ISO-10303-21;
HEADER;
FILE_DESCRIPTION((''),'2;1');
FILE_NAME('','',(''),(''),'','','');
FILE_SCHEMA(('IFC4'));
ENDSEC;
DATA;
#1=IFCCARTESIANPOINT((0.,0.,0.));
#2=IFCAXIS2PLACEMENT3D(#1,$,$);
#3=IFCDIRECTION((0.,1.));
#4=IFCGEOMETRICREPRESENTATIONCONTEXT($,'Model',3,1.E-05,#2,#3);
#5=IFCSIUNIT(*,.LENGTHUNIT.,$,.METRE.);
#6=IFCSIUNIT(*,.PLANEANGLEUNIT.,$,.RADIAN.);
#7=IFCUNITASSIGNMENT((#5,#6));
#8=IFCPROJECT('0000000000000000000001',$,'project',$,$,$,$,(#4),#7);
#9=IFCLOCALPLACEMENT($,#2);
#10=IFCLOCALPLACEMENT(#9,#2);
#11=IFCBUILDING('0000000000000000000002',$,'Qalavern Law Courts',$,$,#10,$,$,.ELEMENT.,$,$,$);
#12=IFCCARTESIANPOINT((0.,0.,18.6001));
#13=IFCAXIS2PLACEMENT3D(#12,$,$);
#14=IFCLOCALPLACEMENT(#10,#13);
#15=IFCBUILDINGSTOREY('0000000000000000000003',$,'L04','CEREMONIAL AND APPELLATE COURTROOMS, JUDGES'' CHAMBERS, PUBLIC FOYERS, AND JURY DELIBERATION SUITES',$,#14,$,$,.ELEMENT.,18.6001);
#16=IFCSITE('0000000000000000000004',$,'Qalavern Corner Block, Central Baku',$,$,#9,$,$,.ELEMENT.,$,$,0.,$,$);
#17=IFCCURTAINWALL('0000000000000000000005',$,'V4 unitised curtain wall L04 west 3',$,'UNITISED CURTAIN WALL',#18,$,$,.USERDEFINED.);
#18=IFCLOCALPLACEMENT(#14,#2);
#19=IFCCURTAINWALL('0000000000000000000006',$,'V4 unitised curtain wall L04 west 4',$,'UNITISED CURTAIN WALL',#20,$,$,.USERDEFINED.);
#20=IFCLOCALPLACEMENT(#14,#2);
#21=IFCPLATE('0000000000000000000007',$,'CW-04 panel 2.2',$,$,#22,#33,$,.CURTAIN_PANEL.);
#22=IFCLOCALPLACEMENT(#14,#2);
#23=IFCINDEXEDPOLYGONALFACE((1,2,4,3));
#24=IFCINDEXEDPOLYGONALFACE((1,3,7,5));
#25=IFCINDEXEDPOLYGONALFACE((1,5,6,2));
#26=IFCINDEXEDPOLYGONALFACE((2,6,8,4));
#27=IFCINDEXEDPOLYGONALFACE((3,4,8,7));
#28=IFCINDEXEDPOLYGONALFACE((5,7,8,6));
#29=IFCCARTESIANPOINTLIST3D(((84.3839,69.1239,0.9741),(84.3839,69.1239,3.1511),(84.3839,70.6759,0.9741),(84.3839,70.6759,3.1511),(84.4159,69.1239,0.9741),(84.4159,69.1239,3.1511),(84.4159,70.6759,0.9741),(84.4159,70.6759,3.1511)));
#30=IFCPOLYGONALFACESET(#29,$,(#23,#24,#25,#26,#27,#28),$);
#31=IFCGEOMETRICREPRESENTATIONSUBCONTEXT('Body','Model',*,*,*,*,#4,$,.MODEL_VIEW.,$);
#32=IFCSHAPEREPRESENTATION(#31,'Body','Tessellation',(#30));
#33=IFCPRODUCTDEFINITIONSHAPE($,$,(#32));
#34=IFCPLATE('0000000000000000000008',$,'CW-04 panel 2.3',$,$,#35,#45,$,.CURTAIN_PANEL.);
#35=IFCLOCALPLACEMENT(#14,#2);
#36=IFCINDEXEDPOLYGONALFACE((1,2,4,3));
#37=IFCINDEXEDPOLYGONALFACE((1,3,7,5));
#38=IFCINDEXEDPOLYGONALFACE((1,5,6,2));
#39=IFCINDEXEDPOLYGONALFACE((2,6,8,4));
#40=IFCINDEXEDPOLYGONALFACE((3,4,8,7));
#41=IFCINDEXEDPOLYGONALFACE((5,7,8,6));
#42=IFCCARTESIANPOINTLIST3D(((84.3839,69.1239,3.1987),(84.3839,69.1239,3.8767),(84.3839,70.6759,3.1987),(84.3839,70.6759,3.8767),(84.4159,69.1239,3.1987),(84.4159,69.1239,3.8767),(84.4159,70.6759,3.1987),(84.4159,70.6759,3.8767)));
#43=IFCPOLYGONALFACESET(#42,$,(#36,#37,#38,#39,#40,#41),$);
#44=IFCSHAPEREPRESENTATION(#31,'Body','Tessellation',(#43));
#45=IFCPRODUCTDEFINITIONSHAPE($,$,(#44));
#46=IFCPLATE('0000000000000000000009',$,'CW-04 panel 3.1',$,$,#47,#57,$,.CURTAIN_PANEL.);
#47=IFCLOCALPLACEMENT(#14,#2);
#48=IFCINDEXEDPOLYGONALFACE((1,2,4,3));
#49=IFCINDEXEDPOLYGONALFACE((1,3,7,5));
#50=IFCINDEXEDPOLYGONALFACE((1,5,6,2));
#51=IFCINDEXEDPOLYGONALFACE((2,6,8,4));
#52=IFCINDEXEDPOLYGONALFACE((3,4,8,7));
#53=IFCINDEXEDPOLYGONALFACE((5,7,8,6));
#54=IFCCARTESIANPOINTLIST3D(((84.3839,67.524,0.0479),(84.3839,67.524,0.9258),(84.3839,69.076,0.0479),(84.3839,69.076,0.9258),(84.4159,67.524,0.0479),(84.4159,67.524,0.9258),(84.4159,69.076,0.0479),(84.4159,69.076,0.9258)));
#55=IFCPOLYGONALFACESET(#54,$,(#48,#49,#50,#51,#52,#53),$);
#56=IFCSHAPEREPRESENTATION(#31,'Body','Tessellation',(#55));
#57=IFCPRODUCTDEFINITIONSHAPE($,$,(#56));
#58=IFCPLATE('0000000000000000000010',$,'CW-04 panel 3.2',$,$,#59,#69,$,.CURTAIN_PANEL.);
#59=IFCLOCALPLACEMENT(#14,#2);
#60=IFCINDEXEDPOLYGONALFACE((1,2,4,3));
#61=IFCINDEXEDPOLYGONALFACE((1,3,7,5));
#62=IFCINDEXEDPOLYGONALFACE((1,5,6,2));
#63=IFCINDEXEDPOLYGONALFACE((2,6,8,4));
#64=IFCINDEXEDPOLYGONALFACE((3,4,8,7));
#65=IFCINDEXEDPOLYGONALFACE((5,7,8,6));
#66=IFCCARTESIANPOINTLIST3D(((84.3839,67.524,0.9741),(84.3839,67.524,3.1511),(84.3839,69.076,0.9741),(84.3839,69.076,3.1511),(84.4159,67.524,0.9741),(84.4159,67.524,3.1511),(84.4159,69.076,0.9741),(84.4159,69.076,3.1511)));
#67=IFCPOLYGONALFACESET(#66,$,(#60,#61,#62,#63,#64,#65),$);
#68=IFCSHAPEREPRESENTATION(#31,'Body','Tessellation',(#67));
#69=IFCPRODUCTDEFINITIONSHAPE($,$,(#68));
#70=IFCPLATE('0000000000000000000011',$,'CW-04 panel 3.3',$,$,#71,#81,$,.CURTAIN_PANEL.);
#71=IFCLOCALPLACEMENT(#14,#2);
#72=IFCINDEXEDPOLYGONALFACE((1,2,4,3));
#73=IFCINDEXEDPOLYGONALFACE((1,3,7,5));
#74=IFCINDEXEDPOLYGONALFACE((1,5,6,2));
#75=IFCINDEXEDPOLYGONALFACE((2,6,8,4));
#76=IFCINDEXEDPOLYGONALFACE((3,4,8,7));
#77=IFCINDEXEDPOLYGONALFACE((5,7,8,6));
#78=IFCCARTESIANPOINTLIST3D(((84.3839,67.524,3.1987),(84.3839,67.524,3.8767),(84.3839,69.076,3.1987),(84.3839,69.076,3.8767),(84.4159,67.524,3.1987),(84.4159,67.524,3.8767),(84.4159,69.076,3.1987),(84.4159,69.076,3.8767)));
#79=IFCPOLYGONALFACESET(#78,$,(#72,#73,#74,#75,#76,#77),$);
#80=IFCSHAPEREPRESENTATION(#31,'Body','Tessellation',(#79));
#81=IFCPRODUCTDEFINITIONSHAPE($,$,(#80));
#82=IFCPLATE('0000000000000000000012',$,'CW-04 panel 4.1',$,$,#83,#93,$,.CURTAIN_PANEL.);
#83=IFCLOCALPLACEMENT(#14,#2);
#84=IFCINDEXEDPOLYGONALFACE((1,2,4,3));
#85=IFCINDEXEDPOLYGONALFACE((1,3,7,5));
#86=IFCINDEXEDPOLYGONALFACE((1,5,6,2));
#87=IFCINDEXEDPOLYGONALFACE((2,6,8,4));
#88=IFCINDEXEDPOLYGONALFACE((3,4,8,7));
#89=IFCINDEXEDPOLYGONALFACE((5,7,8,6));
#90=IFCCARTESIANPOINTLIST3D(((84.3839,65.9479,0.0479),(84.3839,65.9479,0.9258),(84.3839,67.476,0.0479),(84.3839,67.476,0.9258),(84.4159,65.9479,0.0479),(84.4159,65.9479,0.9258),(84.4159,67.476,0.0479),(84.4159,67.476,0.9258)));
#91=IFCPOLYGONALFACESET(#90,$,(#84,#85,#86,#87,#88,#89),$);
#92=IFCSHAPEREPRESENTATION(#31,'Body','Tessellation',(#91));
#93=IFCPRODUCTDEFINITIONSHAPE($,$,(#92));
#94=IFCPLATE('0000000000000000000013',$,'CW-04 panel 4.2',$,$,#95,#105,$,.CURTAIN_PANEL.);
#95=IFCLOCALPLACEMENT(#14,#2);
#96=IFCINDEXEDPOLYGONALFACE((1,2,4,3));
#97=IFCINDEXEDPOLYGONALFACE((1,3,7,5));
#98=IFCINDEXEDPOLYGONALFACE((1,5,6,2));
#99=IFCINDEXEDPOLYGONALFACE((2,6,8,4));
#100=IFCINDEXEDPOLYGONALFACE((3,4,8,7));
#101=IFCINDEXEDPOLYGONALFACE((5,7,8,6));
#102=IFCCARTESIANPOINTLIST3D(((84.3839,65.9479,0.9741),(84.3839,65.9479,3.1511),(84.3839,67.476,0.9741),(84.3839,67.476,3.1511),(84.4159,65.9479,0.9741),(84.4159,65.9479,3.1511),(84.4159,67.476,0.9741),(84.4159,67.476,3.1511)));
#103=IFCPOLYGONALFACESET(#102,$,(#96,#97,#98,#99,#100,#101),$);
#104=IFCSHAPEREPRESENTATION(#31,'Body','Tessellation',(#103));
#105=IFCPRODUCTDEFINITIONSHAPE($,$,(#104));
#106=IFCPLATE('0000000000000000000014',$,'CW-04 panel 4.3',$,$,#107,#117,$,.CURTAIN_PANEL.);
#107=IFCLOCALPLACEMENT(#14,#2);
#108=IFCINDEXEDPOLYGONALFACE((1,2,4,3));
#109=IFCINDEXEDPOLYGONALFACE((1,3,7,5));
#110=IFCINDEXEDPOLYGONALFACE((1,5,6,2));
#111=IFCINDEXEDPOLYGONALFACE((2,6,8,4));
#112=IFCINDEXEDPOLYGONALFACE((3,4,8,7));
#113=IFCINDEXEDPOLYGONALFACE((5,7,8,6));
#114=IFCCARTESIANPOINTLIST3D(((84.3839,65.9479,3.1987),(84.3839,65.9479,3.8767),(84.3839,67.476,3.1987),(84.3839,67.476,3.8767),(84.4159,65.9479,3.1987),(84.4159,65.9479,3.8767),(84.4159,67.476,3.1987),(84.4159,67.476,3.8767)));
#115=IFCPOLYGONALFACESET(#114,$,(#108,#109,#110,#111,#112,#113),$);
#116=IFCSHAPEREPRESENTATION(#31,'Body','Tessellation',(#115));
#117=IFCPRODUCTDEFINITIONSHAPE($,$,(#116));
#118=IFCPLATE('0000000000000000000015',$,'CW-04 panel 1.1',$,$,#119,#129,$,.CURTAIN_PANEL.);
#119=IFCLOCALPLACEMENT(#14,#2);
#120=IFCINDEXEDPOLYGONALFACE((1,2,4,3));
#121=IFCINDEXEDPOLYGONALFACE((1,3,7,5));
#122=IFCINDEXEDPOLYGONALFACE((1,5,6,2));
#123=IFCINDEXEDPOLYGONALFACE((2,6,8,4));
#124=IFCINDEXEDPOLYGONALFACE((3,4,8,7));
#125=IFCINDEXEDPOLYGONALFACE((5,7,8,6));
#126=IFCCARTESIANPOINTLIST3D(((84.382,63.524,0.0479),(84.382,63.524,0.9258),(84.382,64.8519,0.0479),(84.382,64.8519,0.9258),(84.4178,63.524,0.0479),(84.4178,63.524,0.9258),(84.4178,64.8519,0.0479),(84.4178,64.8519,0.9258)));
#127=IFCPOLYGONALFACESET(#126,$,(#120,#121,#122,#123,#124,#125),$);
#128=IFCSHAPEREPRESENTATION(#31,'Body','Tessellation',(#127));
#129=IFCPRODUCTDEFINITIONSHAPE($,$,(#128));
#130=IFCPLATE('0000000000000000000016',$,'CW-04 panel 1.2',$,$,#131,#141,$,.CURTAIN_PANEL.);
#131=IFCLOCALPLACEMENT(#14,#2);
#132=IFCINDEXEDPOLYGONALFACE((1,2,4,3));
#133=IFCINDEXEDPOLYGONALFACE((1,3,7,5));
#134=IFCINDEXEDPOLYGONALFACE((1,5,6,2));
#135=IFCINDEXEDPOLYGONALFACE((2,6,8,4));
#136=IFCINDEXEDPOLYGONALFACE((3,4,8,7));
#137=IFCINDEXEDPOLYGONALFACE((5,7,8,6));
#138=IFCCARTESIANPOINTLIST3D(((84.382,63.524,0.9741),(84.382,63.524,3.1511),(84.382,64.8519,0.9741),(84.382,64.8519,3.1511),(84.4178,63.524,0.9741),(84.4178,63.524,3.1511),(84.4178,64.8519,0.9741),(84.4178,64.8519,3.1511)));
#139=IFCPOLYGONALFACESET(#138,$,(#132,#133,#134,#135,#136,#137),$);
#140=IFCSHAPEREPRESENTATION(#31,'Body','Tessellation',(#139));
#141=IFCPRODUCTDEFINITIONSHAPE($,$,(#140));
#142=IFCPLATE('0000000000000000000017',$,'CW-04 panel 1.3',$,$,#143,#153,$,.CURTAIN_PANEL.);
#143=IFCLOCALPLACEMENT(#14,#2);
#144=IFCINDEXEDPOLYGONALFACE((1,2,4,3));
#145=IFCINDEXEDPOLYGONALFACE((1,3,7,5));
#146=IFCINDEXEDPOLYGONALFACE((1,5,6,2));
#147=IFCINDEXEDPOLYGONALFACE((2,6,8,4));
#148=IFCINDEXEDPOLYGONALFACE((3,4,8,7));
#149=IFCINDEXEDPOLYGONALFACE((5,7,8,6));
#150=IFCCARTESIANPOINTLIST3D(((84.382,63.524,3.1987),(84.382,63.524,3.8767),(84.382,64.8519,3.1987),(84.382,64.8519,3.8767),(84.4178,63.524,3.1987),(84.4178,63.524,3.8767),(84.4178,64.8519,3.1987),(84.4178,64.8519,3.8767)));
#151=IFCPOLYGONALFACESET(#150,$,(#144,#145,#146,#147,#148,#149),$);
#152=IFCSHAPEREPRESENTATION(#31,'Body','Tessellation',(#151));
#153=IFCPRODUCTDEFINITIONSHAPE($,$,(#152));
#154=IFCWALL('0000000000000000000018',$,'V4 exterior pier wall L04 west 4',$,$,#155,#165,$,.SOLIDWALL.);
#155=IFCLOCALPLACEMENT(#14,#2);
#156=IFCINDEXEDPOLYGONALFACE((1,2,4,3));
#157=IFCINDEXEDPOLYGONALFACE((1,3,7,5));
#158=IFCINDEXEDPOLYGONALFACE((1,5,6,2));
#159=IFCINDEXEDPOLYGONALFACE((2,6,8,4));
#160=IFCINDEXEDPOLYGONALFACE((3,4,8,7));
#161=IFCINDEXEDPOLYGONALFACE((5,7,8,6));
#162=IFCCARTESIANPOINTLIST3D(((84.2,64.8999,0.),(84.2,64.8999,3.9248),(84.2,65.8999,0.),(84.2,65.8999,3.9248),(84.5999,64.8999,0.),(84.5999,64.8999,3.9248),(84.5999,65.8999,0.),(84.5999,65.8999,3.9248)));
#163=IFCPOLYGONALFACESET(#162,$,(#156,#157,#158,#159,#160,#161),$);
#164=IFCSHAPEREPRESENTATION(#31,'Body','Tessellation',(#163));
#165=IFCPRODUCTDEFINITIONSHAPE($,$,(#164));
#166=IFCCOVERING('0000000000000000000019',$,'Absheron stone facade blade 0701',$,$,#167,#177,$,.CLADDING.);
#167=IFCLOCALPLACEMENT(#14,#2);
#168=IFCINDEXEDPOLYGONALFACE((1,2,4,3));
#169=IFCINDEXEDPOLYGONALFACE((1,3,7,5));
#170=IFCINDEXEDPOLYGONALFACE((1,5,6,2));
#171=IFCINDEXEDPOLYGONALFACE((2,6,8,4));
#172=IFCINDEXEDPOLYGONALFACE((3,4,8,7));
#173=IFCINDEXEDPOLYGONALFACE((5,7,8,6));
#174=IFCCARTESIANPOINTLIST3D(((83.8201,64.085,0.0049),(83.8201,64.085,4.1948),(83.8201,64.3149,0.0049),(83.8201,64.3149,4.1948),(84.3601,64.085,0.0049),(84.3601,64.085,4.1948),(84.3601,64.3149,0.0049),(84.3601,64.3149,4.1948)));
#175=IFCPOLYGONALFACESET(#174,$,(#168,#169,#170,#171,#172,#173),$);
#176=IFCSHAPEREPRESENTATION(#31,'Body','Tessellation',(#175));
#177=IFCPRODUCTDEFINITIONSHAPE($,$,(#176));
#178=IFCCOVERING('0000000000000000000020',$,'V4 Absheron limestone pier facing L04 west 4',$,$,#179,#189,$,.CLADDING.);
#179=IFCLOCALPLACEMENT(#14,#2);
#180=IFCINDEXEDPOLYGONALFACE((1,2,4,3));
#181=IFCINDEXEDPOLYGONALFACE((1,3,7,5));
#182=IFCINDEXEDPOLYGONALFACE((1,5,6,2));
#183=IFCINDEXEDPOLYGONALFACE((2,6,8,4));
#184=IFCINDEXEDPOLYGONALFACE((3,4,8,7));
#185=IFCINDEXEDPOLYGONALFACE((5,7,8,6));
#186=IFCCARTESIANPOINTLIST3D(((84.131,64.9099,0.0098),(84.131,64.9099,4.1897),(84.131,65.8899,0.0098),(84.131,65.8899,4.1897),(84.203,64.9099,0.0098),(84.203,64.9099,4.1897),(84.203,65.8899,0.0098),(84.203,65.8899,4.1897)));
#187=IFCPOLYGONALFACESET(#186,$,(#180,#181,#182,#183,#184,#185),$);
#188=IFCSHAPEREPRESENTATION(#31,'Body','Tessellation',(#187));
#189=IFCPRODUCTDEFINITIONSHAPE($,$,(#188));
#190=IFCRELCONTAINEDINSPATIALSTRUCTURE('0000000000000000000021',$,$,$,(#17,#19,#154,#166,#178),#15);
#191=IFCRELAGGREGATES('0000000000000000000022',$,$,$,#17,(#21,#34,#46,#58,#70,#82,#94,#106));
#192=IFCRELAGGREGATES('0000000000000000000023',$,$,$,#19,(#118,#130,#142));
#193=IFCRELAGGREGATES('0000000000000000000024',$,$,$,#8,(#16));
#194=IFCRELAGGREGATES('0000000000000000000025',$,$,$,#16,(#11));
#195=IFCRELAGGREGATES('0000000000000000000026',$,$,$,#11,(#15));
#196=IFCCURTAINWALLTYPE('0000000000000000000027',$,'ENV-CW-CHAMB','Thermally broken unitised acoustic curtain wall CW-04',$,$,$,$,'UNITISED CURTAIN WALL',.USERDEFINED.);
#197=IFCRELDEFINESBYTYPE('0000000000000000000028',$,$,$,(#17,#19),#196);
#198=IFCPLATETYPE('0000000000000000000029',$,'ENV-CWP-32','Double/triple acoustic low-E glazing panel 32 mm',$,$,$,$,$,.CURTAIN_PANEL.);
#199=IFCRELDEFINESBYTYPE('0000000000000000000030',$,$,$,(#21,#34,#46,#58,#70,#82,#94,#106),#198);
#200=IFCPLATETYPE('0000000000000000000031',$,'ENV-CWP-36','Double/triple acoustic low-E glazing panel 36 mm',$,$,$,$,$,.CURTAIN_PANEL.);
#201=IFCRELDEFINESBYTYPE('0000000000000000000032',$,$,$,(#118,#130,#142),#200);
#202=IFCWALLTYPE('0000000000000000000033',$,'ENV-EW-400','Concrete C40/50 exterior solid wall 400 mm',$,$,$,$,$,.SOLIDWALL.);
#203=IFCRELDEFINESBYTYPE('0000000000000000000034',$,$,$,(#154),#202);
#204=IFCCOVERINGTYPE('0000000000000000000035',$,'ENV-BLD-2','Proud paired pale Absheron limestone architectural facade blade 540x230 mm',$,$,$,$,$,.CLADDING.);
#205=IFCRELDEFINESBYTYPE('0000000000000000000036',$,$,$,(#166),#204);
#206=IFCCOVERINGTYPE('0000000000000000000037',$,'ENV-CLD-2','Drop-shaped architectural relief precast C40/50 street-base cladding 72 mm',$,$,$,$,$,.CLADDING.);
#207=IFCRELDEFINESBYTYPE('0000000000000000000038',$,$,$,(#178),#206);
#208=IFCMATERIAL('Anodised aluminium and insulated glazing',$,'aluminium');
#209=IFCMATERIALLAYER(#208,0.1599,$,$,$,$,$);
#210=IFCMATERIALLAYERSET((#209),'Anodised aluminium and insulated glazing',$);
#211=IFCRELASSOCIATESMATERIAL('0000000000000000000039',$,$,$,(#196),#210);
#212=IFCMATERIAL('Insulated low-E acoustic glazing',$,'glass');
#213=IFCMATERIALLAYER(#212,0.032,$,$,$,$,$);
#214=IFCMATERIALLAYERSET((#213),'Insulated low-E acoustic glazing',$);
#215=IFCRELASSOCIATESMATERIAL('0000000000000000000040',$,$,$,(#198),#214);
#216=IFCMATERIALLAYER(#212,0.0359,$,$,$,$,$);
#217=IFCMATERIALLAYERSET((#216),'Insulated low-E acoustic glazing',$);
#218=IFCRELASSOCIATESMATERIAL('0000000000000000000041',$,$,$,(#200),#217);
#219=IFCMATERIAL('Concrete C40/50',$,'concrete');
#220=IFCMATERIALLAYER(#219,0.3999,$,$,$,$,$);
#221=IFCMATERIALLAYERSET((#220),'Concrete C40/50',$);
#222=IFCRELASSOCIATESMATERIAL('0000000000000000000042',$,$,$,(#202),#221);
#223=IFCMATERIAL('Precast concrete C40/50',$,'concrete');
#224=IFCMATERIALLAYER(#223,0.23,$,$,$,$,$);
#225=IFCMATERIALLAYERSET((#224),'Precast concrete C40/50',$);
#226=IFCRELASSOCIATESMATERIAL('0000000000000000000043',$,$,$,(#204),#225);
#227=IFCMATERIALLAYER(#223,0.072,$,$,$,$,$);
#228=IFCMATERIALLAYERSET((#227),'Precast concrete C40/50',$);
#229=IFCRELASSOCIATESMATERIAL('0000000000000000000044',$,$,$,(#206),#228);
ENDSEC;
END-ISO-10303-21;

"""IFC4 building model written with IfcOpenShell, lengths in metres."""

from ifc_helpers import new_model, si_unit, direction, frame, frame_2d, origin, origin_2d, place, context, subcontext, project, spatial, rectangle, extrude, material, layer, layer_set, type_object, element, aggregate, save


model = new_model("IFC4")

# Units and contexts
model_context = context("Model", 3, precision=1e-05, world=origin(), true_north=direction((0.0, 1.0)))
body_context = subcontext(model_context, "Body", "Model", "MODEL_VIEW")
ifc_project = project(units=[si_unit("LENGTHUNIT", "METRE"), si_unit("PLANEANGLEUNIT", "RADIAN")], contexts=[model_context])

# Site, building, storey
site_placement = place(None, origin())
site = spatial("IfcSite", under=ifc_project, at=site_placement, Name="Qalavern Corner Block, Central Baku", CompositionType="ELEMENT", RefElevation=0.0)
building_placement = place(site_placement, origin())
building = spatial("IfcBuilding", under=site, at=building_placement, Name="Qalavern Law Courts", CompositionType="ELEMENT")
storey_placement = place(building_placement, frame((0.0, 0.0, 18.6001)))
storey = spatial("IfcBuildingStorey", under=building, at=storey_placement, Name="L04", Description="CEREMONIAL AND APPELLATE COURTROOMS, JUDGES' CHAMBERS, PUBLIC FOYERS, AND JURY DELIBERATION SUITES", CompositionType="ELEMENT", Elevation=18.6001)

# Curtain wall
ifc_material_1 = material(Name="Anodised aluminium and insulated glazing", Category="aluminium")
ifc_layer_1 = layer(ifc_material_1, 0.1599)
ifc_layer_set_1 = layer_set([ifc_layer_1], Name="Anodised aluminium and insulated glazing")
curtain_wall_type = type_object("IfcCurtainWallType", Name="ENV-CW-CHAMB", Description="Thermally broken unitised acoustic curtain wall CW-04", ElementType="UNITISED CURTAIN WALL", PredefinedType="USERDEFINED", material=ifc_layer_set_1)
curtain_wall_1_placement = place(storey_placement, origin())
curtain_wall_1 = element("IfcCurtainWall", 1, at=curtain_wall_1_placement, inside=storey, type_object=curtain_wall_type, Name="V4 unitised curtain wall L04 west 3", ObjectType="UNITISED CURTAIN WALL", PredefinedType="USERDEFINED")

# Curtain wall
curtain_wall_2_placement = place(storey_placement, origin())
curtain_wall_2 = element("IfcCurtainWall", 2, at=curtain_wall_2_placement, inside=storey, type_object=curtain_wall_type, Name="V4 unitised curtain wall L04 west 4", ObjectType="UNITISED CURTAIN WALL", PredefinedType="USERDEFINED")

# Plates
ifc_material_2 = material(Name="Insulated low-E acoustic glazing", Category="glass")
ifc_layer_2 = layer(ifc_material_2, 0.032)
ifc_layer_set_2 = layer_set([ifc_layer_2], Name="Insulated low-E acoustic glazing")
plate_type_1 = type_object("IfcPlateType", Name="ENV-CWP-32", Description="Double/triple acoustic low-E glazing panel 32 mm", PredefinedType="CURTAIN_PANEL", material=ifc_layer_set_2)
plate_1_placement = place(storey_placement, frame((84.3999, 69.8999, 0.9741), z_axis=(0.0, 0.0, 1.0), x_axis=(0.0, -1.0, 0.0)))
plate_1 = element("IfcPlate", 3, at=plate_1_placement, type_object=plate_type_1, Name="CW-04 panel 2.2", PredefinedType="CURTAIN_PANEL", context=body_context, shape_type="SweptSolid", body=[
    extrude(rectangle(XDim=1.552, YDim=0.032, at=origin_2d()), origin(), (0.0, 0.0, 1.0), 2.177),
])
plate_2_placement = place(storey_placement, frame((84.3999, 69.8999, 3.1987), z_axis=(0.0, 0.0, 1.0), x_axis=(0.0, -1.0, 0.0)))
plate_2 = element("IfcPlate", 4, at=plate_2_placement, type_object=plate_type_1, Name="CW-04 panel 2.3", PredefinedType="CURTAIN_PANEL", context=body_context, shape_type="SweptSolid", body=[
    extrude(rectangle(XDim=1.552, YDim=0.032, at=origin_2d()), origin(), (0.0, 0.0, 1.0), 0.678),
])
plate_3_placement = place(storey_placement, frame((84.3999, 68.3, 0.0479), z_axis=(0.0, 0.0, 1.0), x_axis=(0.0, -1.0, 0.0)))
plate_3 = element("IfcPlate", 5, at=plate_3_placement, type_object=plate_type_1, Name="CW-04 panel 3.1", PredefinedType="CURTAIN_PANEL", context=body_context, shape_type="SweptSolid", body=[
    extrude(rectangle(XDim=1.552, YDim=0.032, at=origin_2d()), origin(), (0.0, 0.0, 1.0), 0.8779),
])
plate_4_placement = place(storey_placement, frame((84.3999, 68.3, 0.9741), z_axis=(0.0, 0.0, 1.0), x_axis=(0.0, -1.0, 0.0)))
plate_4 = element("IfcPlate", 6, at=plate_4_placement, type_object=plate_type_1, Name="CW-04 panel 3.2", PredefinedType="CURTAIN_PANEL", context=body_context, shape_type="SweptSolid", body=[
    extrude(rectangle(XDim=1.552, YDim=0.032, at=origin_2d()), origin(), (0.0, 0.0, 1.0), 2.177),
])
plate_5_placement = place(storey_placement, frame((84.3999, 68.3, 3.1987), z_axis=(0.0, 0.0, 1.0), x_axis=(0.0, -1.0, 0.0)))
plate_5 = element("IfcPlate", 7, at=plate_5_placement, type_object=plate_type_1, Name="CW-04 panel 3.3", PredefinedType="CURTAIN_PANEL", context=body_context, shape_type="SweptSolid", body=[
    extrude(rectangle(XDim=1.552, YDim=0.032, at=origin_2d()), origin(), (0.0, 0.0, 1.0), 0.678),
])
plate_6_placement = place(storey_placement, frame((84.3999, 66.7119, 0.0479), z_axis=(0.0, 0.0, 1.0), x_axis=(0.0, -1.0, 0.0)))
plate_6 = element("IfcPlate", 8, at=plate_6_placement, type_object=plate_type_1, Name="CW-04 panel 4.1", PredefinedType="CURTAIN_PANEL", context=body_context, shape_type="SweptSolid", body=[
    extrude(rectangle(XDim=1.5281, YDim=0.032, at=origin_2d()), origin(), (0.0, 0.0, 1.0), 0.8779),
])
plate_7_placement = place(storey_placement, frame((84.3999, 66.7119, 0.9741), z_axis=(0.0, 0.0, 1.0), x_axis=(0.0, -1.0, 0.0)))
plate_7 = element("IfcPlate", 9, at=plate_7_placement, type_object=plate_type_1, Name="CW-04 panel 4.2", PredefinedType="CURTAIN_PANEL", context=body_context, shape_type="SweptSolid", body=[
    extrude(rectangle(XDim=1.5281, YDim=0.032, at=origin_2d()), origin(), (0.0, 0.0, 1.0), 2.177),
])
plate_8_placement = place(storey_placement, frame((84.3999, 66.7119, 3.1987), z_axis=(0.0, 0.0, 1.0), x_axis=(0.0, -1.0, 0.0)))
plate_8 = element("IfcPlate", 10, at=plate_8_placement, type_object=plate_type_1, Name="CW-04 panel 4.3", PredefinedType="CURTAIN_PANEL", context=body_context, shape_type="SweptSolid", body=[
    extrude(rectangle(XDim=1.5281, YDim=0.032, at=origin_2d()), origin(), (0.0, 0.0, 1.0), 0.678),
])
aggregate(curtain_wall_1, [plate_1, plate_2, plate_3, plate_4, plate_5, plate_6, plate_7, plate_8])
ifc_layer_3 = layer(ifc_material_2, 0.0359)
ifc_layer_set_3 = layer_set([ifc_layer_3], Name="Insulated low-E acoustic glazing")
plate_type_2 = type_object("IfcPlateType", Name="ENV-CWP-36", Description="Double/triple acoustic low-E glazing panel 36 mm", PredefinedType="CURTAIN_PANEL", material=ifc_layer_set_3)
plate_9_placement = place(storey_placement, frame((84.3999, 64.188, 0.0479), z_axis=(0.0, 0.0, 1.0), x_axis=(0.0, -1.0, 0.0)))
plate_9 = element("IfcPlate", 11, at=plate_9_placement, type_object=plate_type_2, Name="CW-04 panel 1.1", PredefinedType="CURTAIN_PANEL", context=body_context, shape_type="SweptSolid", body=[
    extrude(rectangle(XDim=1.3279, YDim=0.0359, at=origin_2d()), origin(), (0.0, 0.0, 1.0), 0.8779),
])
plate_10_placement = place(storey_placement, frame((84.3999, 64.188, 0.9741), z_axis=(0.0, 0.0, 1.0), x_axis=(0.0, -1.0, 0.0)))
plate_10 = element("IfcPlate", 12, at=plate_10_placement, type_object=plate_type_2, Name="CW-04 panel 1.2", PredefinedType="CURTAIN_PANEL", context=body_context, shape_type="SweptSolid", body=[
    extrude(rectangle(XDim=1.3279, YDim=0.0359, at=origin_2d()), origin(), (0.0, 0.0, 1.0), 2.177),
])
plate_11_placement = place(storey_placement, frame((84.3999, 64.188, 3.1987), z_axis=(0.0, 0.0, 1.0), x_axis=(0.0, -1.0, 0.0)))
plate_11 = element("IfcPlate", 13, at=plate_11_placement, type_object=plate_type_2, Name="CW-04 panel 1.3", PredefinedType="CURTAIN_PANEL", context=body_context, shape_type="SweptSolid", body=[
    extrude(rectangle(XDim=1.3279, YDim=0.0359, at=origin_2d()), origin(), (0.0, 0.0, 1.0), 0.678),
])
aggregate(curtain_wall_2, [plate_9, plate_10, plate_11])

# Wall
ifc_material_3 = material(Name="Concrete C40/50", Category="concrete")
ifc_layer_4 = layer(ifc_material_3, 0.3999)
ifc_layer_set_4 = layer_set([ifc_layer_4], Name="Concrete C40/50")
wall_type = type_object("IfcWallType", Name="ENV-EW-400", Description="Concrete C40/50 exterior solid wall 400 mm", PredefinedType="SOLIDWALL", material=ifc_layer_set_4)
wall_placement = place(storey_placement, frame((84.3999, 65.8999, 0.0), z_axis=(0.0, 0.0, 1.0), x_axis=(0.0, -1.0, 0.0)))
element("IfcWall", 14, at=wall_placement, inside=storey, type_object=wall_type, Name="V4 exterior pier wall L04 west 4", PredefinedType="SOLIDWALL", context=body_context, shape_type="SweptSolid", body=[
    extrude(rectangle(XDim=1.0, YDim=0.3999, at=frame_2d((0.5, 0.0))), origin(), (0.0, 0.0, 1.0), 3.9248),
])

# Coverings
ifc_material_4 = material(Name="Precast concrete C40/50", Category="concrete")
ifc_layer_5 = layer(ifc_material_4, 0.23)
ifc_layer_set_5 = layer_set([ifc_layer_5], Name="Precast concrete C40/50")
covering_type_1 = type_object("IfcCoveringType", Name="ENV-BLD-2", Description="Proud paired pale Absheron limestone architectural facade blade 540x230 mm", PredefinedType="CLADDING", material=ifc_layer_set_5)
covering_1_placement = place(storey_placement, frame((84.0901, 64.2, 0.0049), z_axis=(0.0, 0.0, 1.0), x_axis=(-1.0, 0.0, 0.0)))
element("IfcCovering", 15, at=covering_1_placement, inside=storey, type_object=covering_type_1, Name="Absheron stone facade blade 0701", PredefinedType="CLADDING", context=body_context, shape_type="SweptSolid", body=[
    extrude(rectangle(XDim=0.54, YDim=0.23, at=origin_2d()), origin(), (0.0, 0.0, 1.0), 4.1899),
])
ifc_layer_6 = layer(ifc_material_4, 0.072)
ifc_layer_set_6 = layer_set([ifc_layer_6], Name="Precast concrete C40/50")
covering_type_2 = type_object("IfcCoveringType", Name="ENV-CLD-2", Description="Drop-shaped architectural relief precast C40/50 street-base cladding 72 mm", PredefinedType="CLADDING", material=ifc_layer_set_6)
covering_2_placement = place(storey_placement, frame((84.167, 65.3999, 0.0098), z_axis=(0.0, 0.0, 1.0), x_axis=(0.0, -1.0, 0.0)))
element("IfcCovering", 16, at=covering_2_placement, inside=storey, type_object=covering_type_2, Name="V4 Absheron limestone pier facing L04 west 4", PredefinedType="CLADDING", context=body_context, shape_type="SweptSolid", body=[
    extrude(rectangle(XDim=0.98, YDim=0.072, at=origin_2d()), origin(), (0.0, 0.0, 1.0), 4.1799),
])

save(model, "model.ifc")
